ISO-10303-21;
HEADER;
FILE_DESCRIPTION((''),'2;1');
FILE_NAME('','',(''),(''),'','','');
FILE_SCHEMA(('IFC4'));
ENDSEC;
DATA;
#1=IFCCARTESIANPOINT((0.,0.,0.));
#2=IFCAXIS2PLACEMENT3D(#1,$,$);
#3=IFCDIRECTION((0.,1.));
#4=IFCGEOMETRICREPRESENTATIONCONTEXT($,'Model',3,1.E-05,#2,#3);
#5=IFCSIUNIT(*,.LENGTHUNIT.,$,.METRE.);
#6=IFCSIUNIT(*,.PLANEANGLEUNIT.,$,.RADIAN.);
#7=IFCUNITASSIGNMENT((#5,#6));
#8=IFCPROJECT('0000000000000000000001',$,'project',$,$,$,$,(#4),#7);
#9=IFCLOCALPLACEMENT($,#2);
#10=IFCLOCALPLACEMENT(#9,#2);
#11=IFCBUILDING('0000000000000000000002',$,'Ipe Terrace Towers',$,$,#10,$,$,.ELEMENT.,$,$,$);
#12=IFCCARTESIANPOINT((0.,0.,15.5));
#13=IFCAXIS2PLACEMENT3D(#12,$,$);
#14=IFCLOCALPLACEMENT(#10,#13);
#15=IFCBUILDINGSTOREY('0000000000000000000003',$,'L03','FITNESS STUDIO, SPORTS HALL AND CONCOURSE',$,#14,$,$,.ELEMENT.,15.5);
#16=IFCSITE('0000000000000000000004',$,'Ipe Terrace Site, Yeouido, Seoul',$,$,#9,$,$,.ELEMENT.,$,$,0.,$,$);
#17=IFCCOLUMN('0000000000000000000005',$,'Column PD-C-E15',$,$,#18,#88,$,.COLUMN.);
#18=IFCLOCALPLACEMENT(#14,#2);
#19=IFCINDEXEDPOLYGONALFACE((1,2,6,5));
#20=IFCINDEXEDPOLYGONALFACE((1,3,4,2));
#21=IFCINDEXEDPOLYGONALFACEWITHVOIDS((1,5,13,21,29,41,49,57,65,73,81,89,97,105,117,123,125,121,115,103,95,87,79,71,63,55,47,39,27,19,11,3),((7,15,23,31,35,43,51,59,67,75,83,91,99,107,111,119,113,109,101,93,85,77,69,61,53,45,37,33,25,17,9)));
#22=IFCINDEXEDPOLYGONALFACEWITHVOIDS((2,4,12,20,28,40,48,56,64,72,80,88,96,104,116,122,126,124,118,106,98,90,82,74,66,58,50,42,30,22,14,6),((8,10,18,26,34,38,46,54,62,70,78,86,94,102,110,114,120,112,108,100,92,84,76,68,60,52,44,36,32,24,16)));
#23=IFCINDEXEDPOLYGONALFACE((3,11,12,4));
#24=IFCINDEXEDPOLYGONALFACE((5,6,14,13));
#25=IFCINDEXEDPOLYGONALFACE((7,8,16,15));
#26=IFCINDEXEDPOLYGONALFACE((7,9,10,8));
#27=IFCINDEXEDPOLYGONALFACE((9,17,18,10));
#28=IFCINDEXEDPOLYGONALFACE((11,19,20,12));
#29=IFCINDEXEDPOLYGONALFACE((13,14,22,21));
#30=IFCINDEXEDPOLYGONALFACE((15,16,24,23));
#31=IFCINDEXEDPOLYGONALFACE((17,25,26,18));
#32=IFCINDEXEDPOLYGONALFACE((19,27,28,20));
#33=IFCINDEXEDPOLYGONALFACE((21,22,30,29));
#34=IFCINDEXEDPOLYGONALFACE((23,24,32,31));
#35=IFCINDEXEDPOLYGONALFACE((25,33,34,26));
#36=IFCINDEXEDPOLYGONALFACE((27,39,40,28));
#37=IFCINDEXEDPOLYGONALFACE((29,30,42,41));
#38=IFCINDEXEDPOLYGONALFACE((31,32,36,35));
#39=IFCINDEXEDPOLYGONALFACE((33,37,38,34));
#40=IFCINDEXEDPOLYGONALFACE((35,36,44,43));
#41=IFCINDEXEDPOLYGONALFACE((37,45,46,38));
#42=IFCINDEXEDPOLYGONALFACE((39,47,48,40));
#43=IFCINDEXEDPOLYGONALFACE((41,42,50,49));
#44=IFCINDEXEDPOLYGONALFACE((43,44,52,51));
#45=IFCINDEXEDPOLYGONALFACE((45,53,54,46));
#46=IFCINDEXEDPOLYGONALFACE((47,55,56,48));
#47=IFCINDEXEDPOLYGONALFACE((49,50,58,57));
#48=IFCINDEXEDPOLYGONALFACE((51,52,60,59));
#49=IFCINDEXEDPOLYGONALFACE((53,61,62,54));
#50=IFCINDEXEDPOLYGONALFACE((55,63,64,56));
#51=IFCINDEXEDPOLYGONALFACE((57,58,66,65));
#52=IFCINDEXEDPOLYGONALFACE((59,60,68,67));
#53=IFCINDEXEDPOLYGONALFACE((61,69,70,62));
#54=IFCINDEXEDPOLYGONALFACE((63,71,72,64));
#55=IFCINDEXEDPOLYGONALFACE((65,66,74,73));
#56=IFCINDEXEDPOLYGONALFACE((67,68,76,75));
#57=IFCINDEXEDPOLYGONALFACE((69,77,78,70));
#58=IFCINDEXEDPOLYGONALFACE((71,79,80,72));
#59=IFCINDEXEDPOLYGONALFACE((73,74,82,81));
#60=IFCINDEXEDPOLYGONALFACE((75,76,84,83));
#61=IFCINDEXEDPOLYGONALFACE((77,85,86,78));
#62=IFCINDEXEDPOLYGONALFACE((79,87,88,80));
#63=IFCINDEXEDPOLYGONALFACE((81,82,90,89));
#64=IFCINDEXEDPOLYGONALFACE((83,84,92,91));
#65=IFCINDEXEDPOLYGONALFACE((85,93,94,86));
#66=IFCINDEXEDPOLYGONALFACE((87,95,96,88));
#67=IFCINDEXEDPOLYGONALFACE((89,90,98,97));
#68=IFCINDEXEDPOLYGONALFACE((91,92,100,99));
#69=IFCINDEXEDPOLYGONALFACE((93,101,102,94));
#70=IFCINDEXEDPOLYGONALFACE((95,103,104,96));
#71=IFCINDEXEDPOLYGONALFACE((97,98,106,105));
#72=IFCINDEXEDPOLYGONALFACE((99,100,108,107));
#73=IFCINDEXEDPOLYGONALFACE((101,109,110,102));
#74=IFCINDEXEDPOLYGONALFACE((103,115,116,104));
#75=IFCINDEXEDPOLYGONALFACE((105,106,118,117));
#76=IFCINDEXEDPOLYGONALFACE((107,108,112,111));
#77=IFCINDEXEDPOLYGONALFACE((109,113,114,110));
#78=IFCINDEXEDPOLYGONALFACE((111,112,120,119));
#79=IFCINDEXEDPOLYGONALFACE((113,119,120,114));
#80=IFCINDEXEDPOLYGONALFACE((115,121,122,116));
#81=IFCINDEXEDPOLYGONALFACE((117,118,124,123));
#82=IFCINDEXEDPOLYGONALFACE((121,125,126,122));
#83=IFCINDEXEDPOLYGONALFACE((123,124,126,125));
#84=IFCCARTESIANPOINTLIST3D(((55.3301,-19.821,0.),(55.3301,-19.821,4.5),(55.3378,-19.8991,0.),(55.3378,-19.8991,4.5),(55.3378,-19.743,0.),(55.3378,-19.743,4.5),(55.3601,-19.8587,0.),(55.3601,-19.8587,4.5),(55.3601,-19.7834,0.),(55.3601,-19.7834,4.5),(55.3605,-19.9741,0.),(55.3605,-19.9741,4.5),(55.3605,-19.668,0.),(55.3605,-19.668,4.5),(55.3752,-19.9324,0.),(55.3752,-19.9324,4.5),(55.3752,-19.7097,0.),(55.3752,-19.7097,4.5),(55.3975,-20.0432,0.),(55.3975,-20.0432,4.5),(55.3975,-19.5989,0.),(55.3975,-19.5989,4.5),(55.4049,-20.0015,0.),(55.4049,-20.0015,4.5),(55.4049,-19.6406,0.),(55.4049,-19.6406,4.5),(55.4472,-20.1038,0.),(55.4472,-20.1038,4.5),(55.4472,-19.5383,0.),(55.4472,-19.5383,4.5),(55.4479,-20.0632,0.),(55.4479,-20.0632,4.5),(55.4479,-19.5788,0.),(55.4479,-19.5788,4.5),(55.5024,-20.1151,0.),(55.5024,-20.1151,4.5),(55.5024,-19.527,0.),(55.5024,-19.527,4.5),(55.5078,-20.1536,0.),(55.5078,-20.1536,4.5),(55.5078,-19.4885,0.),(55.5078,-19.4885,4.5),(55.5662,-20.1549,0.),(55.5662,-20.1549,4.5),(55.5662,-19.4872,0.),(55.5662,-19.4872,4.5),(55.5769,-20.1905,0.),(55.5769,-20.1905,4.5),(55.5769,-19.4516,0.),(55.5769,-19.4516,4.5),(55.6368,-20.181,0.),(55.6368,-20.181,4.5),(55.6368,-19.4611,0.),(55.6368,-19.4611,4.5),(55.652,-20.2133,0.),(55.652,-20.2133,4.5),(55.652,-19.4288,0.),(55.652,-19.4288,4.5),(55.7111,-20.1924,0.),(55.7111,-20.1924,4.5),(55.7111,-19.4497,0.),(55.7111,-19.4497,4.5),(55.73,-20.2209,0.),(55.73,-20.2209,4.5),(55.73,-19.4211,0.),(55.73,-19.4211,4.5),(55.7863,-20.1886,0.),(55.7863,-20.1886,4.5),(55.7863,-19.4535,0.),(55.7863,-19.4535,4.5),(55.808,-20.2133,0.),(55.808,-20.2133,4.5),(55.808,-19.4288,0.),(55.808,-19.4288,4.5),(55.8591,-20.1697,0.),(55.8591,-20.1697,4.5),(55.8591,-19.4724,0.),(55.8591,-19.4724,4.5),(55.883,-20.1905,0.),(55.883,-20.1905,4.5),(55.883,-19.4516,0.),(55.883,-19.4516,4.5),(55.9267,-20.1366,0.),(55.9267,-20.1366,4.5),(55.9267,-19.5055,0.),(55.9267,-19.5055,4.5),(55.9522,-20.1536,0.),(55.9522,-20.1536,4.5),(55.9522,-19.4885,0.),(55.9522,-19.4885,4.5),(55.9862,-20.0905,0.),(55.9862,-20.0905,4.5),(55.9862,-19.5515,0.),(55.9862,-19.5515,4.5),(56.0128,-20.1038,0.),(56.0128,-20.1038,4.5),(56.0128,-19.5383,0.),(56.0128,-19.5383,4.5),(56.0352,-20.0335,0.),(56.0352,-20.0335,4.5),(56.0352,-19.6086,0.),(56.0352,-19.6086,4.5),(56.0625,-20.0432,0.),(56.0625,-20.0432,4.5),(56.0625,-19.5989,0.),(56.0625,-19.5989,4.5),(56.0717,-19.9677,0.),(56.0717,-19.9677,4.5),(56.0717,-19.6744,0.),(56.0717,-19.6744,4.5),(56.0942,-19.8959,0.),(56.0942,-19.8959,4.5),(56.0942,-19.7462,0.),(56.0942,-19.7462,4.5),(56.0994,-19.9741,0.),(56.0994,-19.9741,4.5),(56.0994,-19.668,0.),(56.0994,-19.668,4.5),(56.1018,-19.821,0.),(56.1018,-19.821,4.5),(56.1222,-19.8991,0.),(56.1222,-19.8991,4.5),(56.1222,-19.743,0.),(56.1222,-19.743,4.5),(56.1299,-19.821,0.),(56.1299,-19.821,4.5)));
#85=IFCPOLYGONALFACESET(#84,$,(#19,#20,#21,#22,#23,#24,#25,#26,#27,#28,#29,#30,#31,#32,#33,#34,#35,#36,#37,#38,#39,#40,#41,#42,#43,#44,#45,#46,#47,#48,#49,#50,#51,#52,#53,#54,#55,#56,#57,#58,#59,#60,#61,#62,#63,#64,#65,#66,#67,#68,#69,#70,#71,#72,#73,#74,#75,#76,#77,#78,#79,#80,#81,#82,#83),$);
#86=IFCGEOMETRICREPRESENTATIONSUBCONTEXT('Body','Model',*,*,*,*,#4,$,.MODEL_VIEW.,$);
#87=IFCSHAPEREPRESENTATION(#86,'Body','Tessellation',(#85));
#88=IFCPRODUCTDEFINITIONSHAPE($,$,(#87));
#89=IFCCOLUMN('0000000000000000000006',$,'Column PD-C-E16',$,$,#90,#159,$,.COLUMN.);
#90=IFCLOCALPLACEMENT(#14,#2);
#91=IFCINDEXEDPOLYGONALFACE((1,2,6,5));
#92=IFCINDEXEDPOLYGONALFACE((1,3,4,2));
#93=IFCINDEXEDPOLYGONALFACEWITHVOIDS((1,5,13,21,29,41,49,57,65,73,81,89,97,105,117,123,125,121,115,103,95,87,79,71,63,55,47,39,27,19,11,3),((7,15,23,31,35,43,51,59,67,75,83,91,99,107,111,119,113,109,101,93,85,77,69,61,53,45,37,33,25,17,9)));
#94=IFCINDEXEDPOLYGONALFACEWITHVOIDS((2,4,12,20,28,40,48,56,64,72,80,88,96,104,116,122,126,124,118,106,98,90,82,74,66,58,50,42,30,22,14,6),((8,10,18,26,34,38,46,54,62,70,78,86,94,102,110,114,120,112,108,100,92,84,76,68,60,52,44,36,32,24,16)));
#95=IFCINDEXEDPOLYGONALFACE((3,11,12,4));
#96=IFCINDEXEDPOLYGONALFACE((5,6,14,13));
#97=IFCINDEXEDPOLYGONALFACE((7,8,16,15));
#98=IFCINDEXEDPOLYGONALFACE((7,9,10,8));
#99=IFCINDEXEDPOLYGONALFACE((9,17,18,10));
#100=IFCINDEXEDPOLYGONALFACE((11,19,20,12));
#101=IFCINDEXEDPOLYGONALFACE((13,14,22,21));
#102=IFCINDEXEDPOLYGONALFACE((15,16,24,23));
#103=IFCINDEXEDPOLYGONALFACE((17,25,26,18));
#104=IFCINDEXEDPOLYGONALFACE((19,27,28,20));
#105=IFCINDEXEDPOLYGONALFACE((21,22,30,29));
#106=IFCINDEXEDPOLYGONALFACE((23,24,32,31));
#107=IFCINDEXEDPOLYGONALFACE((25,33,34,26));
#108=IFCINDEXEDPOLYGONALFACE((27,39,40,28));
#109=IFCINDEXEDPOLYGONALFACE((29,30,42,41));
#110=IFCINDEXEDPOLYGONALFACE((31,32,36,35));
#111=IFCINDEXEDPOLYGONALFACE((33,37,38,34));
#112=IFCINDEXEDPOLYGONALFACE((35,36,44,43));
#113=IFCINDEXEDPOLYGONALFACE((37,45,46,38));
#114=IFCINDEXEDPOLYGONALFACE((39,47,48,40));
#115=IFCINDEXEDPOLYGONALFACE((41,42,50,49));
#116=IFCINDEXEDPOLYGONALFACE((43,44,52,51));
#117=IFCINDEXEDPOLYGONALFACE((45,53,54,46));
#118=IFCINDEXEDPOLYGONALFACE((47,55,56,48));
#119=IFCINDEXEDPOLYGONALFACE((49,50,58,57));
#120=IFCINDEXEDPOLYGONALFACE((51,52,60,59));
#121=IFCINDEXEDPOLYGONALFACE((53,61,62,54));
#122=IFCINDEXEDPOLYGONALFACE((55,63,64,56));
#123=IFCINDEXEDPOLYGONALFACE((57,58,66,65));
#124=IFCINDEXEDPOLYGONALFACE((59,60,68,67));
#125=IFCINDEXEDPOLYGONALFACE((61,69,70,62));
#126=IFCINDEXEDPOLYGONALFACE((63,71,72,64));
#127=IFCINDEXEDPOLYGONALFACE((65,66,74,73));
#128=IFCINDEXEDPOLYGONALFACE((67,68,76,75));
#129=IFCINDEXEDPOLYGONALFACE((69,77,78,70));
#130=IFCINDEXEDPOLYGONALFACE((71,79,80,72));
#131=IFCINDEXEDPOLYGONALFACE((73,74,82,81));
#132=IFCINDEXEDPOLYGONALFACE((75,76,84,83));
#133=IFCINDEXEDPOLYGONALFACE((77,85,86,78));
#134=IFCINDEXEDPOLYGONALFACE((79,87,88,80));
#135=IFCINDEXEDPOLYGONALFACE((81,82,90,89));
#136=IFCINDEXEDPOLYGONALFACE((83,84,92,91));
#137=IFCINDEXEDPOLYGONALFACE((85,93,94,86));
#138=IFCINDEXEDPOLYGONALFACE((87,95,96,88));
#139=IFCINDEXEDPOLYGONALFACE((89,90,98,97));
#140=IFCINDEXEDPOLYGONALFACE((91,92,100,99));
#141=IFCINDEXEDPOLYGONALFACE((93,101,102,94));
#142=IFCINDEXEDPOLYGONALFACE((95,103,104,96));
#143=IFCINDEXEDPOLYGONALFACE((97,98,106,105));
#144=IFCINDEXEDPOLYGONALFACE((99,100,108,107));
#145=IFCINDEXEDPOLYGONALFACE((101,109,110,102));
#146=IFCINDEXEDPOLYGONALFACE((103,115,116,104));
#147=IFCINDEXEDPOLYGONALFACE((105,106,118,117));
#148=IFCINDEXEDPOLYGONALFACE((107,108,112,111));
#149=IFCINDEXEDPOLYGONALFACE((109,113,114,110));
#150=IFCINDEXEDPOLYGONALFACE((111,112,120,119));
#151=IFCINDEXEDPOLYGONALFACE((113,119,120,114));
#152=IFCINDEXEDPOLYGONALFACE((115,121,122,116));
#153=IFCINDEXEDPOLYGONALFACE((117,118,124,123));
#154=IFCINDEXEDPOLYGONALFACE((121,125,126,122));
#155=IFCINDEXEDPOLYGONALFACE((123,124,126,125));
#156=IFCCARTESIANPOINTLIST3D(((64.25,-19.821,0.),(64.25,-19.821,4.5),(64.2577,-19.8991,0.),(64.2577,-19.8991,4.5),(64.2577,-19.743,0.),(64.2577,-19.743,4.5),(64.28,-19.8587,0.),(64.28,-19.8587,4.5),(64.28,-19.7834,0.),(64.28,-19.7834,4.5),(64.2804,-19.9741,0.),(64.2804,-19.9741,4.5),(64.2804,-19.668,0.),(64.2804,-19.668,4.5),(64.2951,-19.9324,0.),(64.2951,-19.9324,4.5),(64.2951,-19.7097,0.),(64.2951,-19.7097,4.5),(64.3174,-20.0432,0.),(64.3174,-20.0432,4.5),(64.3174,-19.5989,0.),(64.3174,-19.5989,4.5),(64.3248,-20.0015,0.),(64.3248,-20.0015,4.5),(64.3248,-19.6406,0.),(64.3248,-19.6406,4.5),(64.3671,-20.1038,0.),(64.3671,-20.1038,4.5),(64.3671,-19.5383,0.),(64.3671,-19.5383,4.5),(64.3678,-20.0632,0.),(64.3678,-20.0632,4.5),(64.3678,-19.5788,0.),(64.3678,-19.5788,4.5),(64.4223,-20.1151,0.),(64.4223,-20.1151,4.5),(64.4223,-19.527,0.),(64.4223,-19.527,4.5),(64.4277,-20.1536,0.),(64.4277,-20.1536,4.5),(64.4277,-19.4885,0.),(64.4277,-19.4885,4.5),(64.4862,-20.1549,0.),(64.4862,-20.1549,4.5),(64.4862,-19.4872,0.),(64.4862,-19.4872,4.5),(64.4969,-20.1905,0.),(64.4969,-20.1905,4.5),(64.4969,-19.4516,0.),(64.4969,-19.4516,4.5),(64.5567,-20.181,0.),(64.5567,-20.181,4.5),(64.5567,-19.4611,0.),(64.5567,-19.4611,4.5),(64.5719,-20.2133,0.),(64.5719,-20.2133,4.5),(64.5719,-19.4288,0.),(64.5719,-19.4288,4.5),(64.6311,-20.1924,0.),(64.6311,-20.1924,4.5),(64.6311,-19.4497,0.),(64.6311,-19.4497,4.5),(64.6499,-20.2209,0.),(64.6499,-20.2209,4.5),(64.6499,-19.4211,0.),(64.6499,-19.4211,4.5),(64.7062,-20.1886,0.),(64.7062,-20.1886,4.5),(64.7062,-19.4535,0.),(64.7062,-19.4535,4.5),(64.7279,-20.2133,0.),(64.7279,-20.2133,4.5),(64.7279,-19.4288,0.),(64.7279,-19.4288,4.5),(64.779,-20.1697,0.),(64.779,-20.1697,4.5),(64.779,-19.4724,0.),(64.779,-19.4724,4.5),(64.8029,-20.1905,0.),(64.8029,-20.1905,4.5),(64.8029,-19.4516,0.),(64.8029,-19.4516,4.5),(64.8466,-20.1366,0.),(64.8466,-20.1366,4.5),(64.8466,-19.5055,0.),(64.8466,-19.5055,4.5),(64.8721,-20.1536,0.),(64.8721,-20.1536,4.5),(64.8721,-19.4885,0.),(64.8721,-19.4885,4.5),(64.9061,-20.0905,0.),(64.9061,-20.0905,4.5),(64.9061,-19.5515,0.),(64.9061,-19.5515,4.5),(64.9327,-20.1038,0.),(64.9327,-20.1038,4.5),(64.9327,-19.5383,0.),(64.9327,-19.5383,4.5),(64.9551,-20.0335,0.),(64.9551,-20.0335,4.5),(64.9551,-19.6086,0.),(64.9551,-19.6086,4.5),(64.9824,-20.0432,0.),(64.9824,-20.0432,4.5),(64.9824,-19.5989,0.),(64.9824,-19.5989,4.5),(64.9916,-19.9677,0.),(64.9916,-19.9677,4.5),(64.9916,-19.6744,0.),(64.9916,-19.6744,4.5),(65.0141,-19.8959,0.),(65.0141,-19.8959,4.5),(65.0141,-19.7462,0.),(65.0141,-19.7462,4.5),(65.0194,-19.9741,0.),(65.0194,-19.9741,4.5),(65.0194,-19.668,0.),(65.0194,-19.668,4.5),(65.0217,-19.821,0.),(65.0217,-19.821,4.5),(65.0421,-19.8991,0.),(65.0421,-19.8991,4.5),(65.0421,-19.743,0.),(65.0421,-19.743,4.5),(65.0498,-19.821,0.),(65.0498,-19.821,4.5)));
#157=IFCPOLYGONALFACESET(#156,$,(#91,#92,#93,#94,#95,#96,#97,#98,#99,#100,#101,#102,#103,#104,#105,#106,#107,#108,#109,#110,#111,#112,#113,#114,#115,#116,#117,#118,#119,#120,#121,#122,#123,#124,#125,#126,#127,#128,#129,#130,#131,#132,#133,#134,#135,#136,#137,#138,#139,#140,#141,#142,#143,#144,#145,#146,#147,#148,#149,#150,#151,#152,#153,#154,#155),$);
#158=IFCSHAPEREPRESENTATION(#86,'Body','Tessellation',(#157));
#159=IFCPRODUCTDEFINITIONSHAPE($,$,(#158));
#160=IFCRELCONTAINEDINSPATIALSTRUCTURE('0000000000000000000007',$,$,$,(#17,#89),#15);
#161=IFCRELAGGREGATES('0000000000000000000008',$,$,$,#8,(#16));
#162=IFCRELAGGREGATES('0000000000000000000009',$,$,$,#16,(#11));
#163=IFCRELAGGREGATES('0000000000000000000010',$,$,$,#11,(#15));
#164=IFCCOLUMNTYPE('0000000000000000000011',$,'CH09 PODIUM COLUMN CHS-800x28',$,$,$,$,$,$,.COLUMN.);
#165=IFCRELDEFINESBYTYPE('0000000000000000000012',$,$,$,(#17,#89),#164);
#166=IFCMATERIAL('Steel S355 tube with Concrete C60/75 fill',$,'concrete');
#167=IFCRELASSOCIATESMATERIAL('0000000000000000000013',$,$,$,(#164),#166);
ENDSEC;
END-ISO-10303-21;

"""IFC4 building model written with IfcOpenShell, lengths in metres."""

from ifc_helpers import new_model, si_unit, direction, frame, origin, origin_2d, place, context, subcontext, project, spatial, hollow_circle, extrude, material, material_profile, profile_set, type_object, element, save


model = new_model("IFC4")

# Units and contexts
model_context = context("Model", 3, precision=1e-05, world=origin(), true_north=direction((0.0, 1.0)))
body_context = subcontext(model_context, "Body", "Model", "MODEL_VIEW")
ifc_project = project(units=[si_unit("LENGTHUNIT", "METRE"), si_unit("PLANEANGLEUNIT", "RADIAN")], contexts=[model_context])

# Site, building, storey
site_placement = place(None, origin())
site = spatial("IfcSite", under=ifc_project, at=site_placement, Name="Ipe Terrace Site, Yeouido, Seoul", CompositionType="ELEMENT", RefElevation=0.0)
building_placement = place(site_placement, origin())
building = spatial("IfcBuilding", under=site, at=building_placement, Name="Ipe Terrace Towers", CompositionType="ELEMENT")
storey_placement = place(building_placement, frame((0.0, 0.0, 15.5)))
storey = spatial("IfcBuildingStorey", under=building, at=storey_placement, Name="L03", Description="FITNESS STUDIO, SPORTS HALL AND CONCOURSE", CompositionType="ELEMENT", Elevation=15.5)

# Columns
ifc_material_1 = material(Name="Steel S355 tube with Concrete C60/75 fill", Category="concrete")
ifc_material_profile_1 = material_profile(ifc_material_1, hollow_circle(Radius=0.3999, WallThickness=0.0281, at=origin_2d()), Name="CHS-800x28")
ifc_profile_set_1 = profile_set([ifc_material_profile_1], Name="Steel S355 tube with Concrete C60/75 fill")
column_type_1 = type_object("IfcColumnType", Name="CH09 PODIUM COLUMN CHS-800x28", PredefinedType="COLUMN", material=ifc_profile_set_1)
for number, where, z_axis, x_axis, name in (
    (1, (55.73, -19.821, 0.0), (0.0, 0.0, 1.0), (1.0, 0.0, 0.0), "Column PD-C-E15"),
    (2, (64.6499, -19.821, 0.0), (0.0, 0.0, 1.0), (1.0, 0.0, 0.0), "Column PD-C-E16"),
):
    element("IfcColumn", number, at=place(storey_placement, frame(where, z_axis=z_axis, x_axis=x_axis)), inside=storey, type_object=column_type_1, Name=name, PredefinedType="COLUMN", context=body_context, shape_type="SweptSolid", body=[
        extrude(hollow_circle(Radius=0.3999, WallThickness=0.0281, at=origin_2d()), origin(), (0.0, 0.0, 1.0), 4.5),
    ])

save(model, "model.ifc")
